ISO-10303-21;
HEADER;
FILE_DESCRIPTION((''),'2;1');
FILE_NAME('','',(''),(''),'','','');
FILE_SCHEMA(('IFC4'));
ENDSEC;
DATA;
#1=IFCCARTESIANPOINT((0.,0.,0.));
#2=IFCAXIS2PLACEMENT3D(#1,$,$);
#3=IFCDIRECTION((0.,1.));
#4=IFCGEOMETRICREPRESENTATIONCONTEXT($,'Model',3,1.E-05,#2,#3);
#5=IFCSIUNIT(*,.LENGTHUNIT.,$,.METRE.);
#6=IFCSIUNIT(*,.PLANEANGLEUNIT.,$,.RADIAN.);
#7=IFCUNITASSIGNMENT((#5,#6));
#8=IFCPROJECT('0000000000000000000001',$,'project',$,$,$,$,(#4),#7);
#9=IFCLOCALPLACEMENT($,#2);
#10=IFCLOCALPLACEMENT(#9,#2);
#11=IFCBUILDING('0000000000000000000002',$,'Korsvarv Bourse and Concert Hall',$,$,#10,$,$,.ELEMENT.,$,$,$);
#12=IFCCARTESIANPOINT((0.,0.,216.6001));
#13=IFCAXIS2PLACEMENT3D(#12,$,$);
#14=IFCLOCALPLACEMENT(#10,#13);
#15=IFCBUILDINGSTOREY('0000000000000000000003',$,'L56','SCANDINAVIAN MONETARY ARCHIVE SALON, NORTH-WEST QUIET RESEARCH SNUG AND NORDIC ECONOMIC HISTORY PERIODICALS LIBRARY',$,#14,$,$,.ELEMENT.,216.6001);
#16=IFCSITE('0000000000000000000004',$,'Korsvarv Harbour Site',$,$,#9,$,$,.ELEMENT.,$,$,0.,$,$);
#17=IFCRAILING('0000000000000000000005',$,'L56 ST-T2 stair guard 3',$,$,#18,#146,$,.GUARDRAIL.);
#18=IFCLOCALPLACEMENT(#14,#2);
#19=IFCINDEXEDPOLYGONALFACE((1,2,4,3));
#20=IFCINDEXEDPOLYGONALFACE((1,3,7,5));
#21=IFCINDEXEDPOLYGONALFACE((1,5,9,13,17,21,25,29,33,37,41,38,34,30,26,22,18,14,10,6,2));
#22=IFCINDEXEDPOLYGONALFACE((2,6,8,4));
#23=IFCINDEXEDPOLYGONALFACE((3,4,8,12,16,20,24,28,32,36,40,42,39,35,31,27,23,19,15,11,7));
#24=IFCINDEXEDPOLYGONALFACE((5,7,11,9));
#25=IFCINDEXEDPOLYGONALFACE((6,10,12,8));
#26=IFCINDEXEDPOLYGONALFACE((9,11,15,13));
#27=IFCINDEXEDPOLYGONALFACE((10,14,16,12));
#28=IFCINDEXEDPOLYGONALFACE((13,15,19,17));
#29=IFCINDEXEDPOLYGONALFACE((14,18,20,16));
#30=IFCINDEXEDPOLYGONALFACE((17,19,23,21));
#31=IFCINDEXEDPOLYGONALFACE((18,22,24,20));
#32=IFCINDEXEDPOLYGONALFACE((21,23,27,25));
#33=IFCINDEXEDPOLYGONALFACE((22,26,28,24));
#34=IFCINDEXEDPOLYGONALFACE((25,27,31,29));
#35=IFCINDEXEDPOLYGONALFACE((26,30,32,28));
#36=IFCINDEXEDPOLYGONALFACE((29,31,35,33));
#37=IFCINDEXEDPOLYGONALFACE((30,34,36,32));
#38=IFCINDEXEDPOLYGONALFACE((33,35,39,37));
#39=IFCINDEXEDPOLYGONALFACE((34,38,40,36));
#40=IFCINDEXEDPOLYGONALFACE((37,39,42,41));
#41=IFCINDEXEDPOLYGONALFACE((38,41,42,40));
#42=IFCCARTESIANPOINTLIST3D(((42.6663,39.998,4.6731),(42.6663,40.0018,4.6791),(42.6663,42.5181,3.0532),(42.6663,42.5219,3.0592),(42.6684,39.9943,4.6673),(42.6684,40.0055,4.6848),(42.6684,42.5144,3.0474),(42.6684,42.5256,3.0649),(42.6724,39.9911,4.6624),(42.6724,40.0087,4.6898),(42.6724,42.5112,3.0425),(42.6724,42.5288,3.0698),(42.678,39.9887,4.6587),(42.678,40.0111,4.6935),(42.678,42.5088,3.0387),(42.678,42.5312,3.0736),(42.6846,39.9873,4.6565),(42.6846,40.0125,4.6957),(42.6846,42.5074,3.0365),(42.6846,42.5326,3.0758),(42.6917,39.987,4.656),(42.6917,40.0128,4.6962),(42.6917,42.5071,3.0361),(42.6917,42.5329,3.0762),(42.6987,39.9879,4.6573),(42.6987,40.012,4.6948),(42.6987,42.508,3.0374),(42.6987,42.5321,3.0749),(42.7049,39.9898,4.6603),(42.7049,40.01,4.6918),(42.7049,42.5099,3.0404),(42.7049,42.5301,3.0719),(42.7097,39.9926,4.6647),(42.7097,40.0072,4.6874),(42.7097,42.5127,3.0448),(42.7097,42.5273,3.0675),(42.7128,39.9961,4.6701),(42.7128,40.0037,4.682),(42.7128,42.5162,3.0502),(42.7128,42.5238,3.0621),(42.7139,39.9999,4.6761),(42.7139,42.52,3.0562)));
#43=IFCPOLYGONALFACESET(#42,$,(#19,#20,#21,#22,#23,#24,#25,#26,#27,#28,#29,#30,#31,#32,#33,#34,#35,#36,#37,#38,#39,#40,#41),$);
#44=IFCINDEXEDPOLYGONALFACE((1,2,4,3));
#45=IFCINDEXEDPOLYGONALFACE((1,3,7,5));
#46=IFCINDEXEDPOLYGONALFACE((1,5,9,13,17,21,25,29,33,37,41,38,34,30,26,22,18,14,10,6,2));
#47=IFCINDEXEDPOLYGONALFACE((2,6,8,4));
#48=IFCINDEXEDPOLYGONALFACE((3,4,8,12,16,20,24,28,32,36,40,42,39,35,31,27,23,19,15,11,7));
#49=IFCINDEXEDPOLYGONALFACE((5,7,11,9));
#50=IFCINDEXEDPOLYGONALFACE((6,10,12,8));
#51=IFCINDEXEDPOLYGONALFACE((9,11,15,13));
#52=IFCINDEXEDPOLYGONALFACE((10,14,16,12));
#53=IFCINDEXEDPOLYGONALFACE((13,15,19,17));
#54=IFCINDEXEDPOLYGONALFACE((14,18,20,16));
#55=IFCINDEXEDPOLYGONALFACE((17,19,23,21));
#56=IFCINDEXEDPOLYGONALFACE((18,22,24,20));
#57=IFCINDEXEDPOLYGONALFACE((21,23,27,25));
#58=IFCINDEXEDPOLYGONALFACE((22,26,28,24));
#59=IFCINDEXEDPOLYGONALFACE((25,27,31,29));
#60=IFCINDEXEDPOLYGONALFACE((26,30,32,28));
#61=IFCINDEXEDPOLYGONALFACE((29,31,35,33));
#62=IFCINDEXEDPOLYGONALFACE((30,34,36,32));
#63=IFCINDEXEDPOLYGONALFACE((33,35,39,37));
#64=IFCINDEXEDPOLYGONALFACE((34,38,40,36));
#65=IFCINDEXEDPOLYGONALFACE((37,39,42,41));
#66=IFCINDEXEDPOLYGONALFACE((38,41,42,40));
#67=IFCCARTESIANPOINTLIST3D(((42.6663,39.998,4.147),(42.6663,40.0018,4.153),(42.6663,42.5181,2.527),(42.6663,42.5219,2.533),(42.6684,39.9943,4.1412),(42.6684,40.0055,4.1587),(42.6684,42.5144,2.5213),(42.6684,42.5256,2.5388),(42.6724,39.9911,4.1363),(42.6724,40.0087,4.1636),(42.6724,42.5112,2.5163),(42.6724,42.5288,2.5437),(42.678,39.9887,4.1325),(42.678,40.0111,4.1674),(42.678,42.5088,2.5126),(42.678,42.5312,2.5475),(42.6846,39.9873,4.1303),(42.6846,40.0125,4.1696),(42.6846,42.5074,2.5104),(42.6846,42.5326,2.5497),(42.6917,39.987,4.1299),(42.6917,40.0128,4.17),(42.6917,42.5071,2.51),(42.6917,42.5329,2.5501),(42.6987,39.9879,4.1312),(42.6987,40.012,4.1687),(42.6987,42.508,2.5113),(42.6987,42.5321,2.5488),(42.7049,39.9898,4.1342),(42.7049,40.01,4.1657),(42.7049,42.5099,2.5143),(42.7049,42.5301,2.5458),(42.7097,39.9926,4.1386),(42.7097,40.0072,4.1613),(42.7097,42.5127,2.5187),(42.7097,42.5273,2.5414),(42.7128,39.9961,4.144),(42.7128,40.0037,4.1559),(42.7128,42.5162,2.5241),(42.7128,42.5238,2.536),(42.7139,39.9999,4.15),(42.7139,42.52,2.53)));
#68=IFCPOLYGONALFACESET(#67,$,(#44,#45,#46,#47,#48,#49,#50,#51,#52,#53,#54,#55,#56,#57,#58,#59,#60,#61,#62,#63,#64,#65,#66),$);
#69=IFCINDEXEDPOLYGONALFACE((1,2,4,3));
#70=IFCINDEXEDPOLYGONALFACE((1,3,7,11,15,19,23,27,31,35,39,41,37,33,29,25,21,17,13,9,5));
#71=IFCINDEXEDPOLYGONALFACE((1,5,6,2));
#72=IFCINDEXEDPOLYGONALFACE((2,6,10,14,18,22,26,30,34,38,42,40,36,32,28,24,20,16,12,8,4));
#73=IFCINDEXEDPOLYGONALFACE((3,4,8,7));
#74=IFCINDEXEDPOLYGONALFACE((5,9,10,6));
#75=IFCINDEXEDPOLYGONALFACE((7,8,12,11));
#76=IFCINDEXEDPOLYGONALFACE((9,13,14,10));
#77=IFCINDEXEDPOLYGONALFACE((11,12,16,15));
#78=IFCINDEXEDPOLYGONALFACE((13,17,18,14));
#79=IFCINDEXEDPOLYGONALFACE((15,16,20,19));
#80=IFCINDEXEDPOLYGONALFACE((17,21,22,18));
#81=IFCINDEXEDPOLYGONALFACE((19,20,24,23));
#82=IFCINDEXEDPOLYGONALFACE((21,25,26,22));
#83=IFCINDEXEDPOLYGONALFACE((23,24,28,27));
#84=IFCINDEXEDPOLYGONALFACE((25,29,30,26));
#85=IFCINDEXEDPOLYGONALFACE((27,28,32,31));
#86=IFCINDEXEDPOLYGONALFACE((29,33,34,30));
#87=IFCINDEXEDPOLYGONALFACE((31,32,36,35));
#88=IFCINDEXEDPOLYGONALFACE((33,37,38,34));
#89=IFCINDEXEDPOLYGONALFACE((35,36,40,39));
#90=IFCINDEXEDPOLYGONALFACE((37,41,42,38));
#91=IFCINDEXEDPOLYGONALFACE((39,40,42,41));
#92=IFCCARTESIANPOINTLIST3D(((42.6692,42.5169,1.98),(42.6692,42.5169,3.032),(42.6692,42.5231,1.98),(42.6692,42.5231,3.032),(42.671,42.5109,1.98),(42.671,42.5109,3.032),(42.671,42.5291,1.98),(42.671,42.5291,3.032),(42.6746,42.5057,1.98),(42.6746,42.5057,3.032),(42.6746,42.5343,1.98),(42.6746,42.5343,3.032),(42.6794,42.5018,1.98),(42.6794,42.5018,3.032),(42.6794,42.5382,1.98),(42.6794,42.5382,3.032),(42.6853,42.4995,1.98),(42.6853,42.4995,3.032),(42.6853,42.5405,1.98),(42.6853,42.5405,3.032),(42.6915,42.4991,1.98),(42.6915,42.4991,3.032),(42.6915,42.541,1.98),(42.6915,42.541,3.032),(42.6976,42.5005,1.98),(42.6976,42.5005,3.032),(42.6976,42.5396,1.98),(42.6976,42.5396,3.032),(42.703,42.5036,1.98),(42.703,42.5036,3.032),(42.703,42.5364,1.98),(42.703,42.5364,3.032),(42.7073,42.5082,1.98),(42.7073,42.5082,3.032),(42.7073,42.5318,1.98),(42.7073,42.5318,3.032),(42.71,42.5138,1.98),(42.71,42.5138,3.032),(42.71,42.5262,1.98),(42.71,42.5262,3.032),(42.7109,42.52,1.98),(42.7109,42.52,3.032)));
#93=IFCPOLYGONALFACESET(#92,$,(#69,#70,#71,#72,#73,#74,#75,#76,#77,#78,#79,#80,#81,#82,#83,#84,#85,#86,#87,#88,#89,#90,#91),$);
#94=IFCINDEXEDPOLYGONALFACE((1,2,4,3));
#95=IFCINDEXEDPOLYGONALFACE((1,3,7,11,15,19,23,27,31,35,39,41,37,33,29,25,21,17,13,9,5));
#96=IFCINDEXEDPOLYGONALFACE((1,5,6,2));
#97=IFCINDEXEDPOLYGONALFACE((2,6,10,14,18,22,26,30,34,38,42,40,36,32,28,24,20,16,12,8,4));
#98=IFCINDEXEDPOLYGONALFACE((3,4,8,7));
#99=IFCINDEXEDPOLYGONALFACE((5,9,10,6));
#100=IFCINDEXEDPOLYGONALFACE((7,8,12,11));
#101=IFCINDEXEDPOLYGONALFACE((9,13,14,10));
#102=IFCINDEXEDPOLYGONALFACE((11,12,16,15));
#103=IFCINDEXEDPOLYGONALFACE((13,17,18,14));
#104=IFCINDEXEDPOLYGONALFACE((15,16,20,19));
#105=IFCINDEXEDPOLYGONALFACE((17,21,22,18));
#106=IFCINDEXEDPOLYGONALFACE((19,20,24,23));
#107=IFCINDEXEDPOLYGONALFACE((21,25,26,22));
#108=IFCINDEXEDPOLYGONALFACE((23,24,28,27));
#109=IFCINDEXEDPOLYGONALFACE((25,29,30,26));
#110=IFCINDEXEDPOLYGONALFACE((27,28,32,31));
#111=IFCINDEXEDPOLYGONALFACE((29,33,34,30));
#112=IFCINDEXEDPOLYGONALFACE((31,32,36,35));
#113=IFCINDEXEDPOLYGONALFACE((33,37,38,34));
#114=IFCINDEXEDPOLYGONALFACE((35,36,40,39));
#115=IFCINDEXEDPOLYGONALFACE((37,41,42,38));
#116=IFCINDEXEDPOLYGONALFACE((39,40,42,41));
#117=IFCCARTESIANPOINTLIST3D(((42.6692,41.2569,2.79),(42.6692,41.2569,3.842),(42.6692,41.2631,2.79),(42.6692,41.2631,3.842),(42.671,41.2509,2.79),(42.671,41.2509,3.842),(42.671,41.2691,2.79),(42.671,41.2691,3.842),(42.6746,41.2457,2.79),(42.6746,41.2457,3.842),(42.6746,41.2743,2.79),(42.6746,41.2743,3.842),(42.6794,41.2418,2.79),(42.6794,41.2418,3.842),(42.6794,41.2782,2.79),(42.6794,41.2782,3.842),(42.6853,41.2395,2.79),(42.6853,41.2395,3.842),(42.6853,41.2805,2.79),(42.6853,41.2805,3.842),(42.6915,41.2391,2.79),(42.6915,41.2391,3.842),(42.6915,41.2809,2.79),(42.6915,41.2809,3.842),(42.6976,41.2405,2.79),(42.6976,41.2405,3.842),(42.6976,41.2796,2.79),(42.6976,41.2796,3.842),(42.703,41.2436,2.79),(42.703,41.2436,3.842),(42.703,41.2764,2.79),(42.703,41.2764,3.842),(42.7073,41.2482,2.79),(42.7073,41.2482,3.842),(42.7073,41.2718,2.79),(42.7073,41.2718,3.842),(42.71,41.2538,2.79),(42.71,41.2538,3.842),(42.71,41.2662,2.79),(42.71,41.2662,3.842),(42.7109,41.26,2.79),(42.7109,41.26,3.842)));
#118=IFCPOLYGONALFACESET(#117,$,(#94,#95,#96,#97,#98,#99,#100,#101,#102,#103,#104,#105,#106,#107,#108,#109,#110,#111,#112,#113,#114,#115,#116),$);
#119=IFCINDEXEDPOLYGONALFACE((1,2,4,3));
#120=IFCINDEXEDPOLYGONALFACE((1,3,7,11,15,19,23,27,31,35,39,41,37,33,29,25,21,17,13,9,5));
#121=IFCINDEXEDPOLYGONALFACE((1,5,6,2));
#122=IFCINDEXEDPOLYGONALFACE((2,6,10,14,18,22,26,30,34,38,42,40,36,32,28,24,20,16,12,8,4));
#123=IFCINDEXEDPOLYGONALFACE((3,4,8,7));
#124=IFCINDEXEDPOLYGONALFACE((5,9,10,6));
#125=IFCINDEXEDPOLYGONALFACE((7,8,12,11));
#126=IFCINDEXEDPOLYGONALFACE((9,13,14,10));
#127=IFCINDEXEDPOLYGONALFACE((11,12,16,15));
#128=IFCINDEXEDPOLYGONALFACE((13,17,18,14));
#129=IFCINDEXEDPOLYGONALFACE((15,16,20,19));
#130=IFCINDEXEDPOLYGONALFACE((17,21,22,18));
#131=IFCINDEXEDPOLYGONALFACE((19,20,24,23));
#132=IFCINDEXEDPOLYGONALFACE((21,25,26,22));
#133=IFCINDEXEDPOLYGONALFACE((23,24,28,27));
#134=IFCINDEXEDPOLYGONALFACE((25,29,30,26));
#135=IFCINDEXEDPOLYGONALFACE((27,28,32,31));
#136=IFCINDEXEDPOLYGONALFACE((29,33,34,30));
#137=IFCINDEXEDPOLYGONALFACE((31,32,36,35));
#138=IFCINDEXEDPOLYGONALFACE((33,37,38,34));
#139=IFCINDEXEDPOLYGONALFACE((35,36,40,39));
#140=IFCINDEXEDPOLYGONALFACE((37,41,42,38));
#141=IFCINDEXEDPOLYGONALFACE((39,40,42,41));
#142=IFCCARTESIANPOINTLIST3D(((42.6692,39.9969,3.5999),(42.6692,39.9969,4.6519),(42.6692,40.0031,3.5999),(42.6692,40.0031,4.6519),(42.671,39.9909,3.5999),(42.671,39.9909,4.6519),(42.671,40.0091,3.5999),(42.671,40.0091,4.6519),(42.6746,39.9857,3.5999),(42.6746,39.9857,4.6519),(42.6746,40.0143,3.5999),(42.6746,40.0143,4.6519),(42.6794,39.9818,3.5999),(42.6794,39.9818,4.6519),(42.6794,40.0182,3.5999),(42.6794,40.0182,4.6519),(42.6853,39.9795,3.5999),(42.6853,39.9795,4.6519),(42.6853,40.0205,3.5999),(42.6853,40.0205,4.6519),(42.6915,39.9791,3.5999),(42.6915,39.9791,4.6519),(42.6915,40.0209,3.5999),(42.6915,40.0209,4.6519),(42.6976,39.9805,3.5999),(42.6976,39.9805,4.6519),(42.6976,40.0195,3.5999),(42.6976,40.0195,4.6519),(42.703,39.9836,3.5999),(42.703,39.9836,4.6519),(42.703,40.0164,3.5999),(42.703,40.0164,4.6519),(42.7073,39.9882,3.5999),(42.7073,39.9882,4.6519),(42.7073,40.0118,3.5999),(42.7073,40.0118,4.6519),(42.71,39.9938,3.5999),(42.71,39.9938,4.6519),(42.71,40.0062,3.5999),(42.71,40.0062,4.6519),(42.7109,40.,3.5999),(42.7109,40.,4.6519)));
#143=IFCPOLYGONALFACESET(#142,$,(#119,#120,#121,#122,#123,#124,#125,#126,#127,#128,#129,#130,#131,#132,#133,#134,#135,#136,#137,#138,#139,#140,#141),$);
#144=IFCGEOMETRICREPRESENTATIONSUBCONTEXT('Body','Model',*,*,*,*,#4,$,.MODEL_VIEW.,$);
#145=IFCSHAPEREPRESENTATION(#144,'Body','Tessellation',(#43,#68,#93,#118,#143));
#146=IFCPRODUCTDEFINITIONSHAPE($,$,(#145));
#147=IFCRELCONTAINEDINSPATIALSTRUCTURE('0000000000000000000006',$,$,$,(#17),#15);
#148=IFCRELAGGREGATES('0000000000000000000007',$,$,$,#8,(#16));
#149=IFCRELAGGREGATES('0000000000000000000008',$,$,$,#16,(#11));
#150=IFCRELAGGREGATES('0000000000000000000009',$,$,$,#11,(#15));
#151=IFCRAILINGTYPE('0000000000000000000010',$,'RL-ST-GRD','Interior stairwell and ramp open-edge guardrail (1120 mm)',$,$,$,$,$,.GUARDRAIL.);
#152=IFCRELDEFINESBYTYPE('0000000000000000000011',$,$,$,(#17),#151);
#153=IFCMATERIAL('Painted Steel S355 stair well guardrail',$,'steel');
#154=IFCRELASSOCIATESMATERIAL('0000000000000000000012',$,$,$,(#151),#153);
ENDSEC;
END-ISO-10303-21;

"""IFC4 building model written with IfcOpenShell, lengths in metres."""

from ifc_helpers import new_model, si_unit, direction, frame, origin, origin_2d, place, context, subcontext, project, spatial, circle, extrude, material, type_object, element, save


model = new_model("IFC4")

# Units and contexts
model_context = context("Model", 3, precision=1e-05, world=origin(), true_north=direction((0.0, 1.0)))
body_context = subcontext(model_context, "Body", "Model", "MODEL_VIEW")
ifc_project = project(units=[si_unit("LENGTHUNIT", "METRE"), si_unit("PLANEANGLEUNIT", "RADIAN")], contexts=[model_context])

# Site, building, storey
site_placement = place(None, origin())
site = spatial("IfcSite", under=ifc_project, at=site_placement, Name="Korsvarv Harbour Site", CompositionType="ELEMENT", RefElevation=0.0)
building_placement = place(site_placement, origin())
building = spatial("IfcBuilding", under=site, at=building_placement, Name="Korsvarv Bourse and Concert Hall", CompositionType="ELEMENT")
storey_placement = place(building_placement, frame((0.0, 0.0, 216.6001)))
storey = spatial("IfcBuildingStorey", under=building, at=storey_placement, Name="L56", Description="SCANDINAVIAN MONETARY ARCHIVE SALON, NORTH-WEST QUIET RESEARCH SNUG AND NORDIC ECONOMIC HISTORY PERIODICALS LIBRARY", CompositionType="ELEMENT", Elevation=216.6001)

# Railing
ifc_material_1 = material(Name="Painted Steel S355 stair well guardrail", Category="steel")
railing_type_1 = type_object("IfcRailingType", Name="RL-ST-GRD", Description="Interior stairwell and ramp open-edge guardrail (1120 mm)", PredefinedType="GUARDRAIL", material=ifc_material_1)
railing_1_placement = place(storey_placement, frame((42.6899, 42.52, 1.98)))
element("IfcRailing", 1, at=railing_1_placement, inside=storey, type_object=railing_type_1, Name="L56 ST-T2 stair guard 3", PredefinedType="GUARDRAIL", context=body_context, shape_type="SweptSolid", body=[
    extrude(circle(Radius=0.0239, at=origin_2d()), frame((0.0, 0.0, 1.0762), z_axis=(0.0, -0.8412, 0.540725), x_axis=(1.0, 0.0, 0.0)), (0.0, 0.0, 1.0), 2.9958),
    extrude(circle(Radius=0.0239, at=origin_2d()), frame((0.0, 0.0, 0.55), z_axis=(0.0, -0.8412, 0.540725), x_axis=(1.0, 0.0, 0.0)), (0.0, 0.0, 1.0), 2.9958),
    extrude(circle(Radius=0.021, at=origin_2d()), origin(), (0.0, 0.0, 1.0), 1.052),
    extrude(circle(Radius=0.021, at=origin_2d()), frame((0.0, -1.26, 0.8101)), (0.0, 0.0, 1.0), 1.052),
    extrude(circle(Radius=0.021, at=origin_2d()), frame((0.0, -2.52, 1.6199)), (0.0, 0.0, 1.0), 1.052),
])

save(model, "model.ifc")
